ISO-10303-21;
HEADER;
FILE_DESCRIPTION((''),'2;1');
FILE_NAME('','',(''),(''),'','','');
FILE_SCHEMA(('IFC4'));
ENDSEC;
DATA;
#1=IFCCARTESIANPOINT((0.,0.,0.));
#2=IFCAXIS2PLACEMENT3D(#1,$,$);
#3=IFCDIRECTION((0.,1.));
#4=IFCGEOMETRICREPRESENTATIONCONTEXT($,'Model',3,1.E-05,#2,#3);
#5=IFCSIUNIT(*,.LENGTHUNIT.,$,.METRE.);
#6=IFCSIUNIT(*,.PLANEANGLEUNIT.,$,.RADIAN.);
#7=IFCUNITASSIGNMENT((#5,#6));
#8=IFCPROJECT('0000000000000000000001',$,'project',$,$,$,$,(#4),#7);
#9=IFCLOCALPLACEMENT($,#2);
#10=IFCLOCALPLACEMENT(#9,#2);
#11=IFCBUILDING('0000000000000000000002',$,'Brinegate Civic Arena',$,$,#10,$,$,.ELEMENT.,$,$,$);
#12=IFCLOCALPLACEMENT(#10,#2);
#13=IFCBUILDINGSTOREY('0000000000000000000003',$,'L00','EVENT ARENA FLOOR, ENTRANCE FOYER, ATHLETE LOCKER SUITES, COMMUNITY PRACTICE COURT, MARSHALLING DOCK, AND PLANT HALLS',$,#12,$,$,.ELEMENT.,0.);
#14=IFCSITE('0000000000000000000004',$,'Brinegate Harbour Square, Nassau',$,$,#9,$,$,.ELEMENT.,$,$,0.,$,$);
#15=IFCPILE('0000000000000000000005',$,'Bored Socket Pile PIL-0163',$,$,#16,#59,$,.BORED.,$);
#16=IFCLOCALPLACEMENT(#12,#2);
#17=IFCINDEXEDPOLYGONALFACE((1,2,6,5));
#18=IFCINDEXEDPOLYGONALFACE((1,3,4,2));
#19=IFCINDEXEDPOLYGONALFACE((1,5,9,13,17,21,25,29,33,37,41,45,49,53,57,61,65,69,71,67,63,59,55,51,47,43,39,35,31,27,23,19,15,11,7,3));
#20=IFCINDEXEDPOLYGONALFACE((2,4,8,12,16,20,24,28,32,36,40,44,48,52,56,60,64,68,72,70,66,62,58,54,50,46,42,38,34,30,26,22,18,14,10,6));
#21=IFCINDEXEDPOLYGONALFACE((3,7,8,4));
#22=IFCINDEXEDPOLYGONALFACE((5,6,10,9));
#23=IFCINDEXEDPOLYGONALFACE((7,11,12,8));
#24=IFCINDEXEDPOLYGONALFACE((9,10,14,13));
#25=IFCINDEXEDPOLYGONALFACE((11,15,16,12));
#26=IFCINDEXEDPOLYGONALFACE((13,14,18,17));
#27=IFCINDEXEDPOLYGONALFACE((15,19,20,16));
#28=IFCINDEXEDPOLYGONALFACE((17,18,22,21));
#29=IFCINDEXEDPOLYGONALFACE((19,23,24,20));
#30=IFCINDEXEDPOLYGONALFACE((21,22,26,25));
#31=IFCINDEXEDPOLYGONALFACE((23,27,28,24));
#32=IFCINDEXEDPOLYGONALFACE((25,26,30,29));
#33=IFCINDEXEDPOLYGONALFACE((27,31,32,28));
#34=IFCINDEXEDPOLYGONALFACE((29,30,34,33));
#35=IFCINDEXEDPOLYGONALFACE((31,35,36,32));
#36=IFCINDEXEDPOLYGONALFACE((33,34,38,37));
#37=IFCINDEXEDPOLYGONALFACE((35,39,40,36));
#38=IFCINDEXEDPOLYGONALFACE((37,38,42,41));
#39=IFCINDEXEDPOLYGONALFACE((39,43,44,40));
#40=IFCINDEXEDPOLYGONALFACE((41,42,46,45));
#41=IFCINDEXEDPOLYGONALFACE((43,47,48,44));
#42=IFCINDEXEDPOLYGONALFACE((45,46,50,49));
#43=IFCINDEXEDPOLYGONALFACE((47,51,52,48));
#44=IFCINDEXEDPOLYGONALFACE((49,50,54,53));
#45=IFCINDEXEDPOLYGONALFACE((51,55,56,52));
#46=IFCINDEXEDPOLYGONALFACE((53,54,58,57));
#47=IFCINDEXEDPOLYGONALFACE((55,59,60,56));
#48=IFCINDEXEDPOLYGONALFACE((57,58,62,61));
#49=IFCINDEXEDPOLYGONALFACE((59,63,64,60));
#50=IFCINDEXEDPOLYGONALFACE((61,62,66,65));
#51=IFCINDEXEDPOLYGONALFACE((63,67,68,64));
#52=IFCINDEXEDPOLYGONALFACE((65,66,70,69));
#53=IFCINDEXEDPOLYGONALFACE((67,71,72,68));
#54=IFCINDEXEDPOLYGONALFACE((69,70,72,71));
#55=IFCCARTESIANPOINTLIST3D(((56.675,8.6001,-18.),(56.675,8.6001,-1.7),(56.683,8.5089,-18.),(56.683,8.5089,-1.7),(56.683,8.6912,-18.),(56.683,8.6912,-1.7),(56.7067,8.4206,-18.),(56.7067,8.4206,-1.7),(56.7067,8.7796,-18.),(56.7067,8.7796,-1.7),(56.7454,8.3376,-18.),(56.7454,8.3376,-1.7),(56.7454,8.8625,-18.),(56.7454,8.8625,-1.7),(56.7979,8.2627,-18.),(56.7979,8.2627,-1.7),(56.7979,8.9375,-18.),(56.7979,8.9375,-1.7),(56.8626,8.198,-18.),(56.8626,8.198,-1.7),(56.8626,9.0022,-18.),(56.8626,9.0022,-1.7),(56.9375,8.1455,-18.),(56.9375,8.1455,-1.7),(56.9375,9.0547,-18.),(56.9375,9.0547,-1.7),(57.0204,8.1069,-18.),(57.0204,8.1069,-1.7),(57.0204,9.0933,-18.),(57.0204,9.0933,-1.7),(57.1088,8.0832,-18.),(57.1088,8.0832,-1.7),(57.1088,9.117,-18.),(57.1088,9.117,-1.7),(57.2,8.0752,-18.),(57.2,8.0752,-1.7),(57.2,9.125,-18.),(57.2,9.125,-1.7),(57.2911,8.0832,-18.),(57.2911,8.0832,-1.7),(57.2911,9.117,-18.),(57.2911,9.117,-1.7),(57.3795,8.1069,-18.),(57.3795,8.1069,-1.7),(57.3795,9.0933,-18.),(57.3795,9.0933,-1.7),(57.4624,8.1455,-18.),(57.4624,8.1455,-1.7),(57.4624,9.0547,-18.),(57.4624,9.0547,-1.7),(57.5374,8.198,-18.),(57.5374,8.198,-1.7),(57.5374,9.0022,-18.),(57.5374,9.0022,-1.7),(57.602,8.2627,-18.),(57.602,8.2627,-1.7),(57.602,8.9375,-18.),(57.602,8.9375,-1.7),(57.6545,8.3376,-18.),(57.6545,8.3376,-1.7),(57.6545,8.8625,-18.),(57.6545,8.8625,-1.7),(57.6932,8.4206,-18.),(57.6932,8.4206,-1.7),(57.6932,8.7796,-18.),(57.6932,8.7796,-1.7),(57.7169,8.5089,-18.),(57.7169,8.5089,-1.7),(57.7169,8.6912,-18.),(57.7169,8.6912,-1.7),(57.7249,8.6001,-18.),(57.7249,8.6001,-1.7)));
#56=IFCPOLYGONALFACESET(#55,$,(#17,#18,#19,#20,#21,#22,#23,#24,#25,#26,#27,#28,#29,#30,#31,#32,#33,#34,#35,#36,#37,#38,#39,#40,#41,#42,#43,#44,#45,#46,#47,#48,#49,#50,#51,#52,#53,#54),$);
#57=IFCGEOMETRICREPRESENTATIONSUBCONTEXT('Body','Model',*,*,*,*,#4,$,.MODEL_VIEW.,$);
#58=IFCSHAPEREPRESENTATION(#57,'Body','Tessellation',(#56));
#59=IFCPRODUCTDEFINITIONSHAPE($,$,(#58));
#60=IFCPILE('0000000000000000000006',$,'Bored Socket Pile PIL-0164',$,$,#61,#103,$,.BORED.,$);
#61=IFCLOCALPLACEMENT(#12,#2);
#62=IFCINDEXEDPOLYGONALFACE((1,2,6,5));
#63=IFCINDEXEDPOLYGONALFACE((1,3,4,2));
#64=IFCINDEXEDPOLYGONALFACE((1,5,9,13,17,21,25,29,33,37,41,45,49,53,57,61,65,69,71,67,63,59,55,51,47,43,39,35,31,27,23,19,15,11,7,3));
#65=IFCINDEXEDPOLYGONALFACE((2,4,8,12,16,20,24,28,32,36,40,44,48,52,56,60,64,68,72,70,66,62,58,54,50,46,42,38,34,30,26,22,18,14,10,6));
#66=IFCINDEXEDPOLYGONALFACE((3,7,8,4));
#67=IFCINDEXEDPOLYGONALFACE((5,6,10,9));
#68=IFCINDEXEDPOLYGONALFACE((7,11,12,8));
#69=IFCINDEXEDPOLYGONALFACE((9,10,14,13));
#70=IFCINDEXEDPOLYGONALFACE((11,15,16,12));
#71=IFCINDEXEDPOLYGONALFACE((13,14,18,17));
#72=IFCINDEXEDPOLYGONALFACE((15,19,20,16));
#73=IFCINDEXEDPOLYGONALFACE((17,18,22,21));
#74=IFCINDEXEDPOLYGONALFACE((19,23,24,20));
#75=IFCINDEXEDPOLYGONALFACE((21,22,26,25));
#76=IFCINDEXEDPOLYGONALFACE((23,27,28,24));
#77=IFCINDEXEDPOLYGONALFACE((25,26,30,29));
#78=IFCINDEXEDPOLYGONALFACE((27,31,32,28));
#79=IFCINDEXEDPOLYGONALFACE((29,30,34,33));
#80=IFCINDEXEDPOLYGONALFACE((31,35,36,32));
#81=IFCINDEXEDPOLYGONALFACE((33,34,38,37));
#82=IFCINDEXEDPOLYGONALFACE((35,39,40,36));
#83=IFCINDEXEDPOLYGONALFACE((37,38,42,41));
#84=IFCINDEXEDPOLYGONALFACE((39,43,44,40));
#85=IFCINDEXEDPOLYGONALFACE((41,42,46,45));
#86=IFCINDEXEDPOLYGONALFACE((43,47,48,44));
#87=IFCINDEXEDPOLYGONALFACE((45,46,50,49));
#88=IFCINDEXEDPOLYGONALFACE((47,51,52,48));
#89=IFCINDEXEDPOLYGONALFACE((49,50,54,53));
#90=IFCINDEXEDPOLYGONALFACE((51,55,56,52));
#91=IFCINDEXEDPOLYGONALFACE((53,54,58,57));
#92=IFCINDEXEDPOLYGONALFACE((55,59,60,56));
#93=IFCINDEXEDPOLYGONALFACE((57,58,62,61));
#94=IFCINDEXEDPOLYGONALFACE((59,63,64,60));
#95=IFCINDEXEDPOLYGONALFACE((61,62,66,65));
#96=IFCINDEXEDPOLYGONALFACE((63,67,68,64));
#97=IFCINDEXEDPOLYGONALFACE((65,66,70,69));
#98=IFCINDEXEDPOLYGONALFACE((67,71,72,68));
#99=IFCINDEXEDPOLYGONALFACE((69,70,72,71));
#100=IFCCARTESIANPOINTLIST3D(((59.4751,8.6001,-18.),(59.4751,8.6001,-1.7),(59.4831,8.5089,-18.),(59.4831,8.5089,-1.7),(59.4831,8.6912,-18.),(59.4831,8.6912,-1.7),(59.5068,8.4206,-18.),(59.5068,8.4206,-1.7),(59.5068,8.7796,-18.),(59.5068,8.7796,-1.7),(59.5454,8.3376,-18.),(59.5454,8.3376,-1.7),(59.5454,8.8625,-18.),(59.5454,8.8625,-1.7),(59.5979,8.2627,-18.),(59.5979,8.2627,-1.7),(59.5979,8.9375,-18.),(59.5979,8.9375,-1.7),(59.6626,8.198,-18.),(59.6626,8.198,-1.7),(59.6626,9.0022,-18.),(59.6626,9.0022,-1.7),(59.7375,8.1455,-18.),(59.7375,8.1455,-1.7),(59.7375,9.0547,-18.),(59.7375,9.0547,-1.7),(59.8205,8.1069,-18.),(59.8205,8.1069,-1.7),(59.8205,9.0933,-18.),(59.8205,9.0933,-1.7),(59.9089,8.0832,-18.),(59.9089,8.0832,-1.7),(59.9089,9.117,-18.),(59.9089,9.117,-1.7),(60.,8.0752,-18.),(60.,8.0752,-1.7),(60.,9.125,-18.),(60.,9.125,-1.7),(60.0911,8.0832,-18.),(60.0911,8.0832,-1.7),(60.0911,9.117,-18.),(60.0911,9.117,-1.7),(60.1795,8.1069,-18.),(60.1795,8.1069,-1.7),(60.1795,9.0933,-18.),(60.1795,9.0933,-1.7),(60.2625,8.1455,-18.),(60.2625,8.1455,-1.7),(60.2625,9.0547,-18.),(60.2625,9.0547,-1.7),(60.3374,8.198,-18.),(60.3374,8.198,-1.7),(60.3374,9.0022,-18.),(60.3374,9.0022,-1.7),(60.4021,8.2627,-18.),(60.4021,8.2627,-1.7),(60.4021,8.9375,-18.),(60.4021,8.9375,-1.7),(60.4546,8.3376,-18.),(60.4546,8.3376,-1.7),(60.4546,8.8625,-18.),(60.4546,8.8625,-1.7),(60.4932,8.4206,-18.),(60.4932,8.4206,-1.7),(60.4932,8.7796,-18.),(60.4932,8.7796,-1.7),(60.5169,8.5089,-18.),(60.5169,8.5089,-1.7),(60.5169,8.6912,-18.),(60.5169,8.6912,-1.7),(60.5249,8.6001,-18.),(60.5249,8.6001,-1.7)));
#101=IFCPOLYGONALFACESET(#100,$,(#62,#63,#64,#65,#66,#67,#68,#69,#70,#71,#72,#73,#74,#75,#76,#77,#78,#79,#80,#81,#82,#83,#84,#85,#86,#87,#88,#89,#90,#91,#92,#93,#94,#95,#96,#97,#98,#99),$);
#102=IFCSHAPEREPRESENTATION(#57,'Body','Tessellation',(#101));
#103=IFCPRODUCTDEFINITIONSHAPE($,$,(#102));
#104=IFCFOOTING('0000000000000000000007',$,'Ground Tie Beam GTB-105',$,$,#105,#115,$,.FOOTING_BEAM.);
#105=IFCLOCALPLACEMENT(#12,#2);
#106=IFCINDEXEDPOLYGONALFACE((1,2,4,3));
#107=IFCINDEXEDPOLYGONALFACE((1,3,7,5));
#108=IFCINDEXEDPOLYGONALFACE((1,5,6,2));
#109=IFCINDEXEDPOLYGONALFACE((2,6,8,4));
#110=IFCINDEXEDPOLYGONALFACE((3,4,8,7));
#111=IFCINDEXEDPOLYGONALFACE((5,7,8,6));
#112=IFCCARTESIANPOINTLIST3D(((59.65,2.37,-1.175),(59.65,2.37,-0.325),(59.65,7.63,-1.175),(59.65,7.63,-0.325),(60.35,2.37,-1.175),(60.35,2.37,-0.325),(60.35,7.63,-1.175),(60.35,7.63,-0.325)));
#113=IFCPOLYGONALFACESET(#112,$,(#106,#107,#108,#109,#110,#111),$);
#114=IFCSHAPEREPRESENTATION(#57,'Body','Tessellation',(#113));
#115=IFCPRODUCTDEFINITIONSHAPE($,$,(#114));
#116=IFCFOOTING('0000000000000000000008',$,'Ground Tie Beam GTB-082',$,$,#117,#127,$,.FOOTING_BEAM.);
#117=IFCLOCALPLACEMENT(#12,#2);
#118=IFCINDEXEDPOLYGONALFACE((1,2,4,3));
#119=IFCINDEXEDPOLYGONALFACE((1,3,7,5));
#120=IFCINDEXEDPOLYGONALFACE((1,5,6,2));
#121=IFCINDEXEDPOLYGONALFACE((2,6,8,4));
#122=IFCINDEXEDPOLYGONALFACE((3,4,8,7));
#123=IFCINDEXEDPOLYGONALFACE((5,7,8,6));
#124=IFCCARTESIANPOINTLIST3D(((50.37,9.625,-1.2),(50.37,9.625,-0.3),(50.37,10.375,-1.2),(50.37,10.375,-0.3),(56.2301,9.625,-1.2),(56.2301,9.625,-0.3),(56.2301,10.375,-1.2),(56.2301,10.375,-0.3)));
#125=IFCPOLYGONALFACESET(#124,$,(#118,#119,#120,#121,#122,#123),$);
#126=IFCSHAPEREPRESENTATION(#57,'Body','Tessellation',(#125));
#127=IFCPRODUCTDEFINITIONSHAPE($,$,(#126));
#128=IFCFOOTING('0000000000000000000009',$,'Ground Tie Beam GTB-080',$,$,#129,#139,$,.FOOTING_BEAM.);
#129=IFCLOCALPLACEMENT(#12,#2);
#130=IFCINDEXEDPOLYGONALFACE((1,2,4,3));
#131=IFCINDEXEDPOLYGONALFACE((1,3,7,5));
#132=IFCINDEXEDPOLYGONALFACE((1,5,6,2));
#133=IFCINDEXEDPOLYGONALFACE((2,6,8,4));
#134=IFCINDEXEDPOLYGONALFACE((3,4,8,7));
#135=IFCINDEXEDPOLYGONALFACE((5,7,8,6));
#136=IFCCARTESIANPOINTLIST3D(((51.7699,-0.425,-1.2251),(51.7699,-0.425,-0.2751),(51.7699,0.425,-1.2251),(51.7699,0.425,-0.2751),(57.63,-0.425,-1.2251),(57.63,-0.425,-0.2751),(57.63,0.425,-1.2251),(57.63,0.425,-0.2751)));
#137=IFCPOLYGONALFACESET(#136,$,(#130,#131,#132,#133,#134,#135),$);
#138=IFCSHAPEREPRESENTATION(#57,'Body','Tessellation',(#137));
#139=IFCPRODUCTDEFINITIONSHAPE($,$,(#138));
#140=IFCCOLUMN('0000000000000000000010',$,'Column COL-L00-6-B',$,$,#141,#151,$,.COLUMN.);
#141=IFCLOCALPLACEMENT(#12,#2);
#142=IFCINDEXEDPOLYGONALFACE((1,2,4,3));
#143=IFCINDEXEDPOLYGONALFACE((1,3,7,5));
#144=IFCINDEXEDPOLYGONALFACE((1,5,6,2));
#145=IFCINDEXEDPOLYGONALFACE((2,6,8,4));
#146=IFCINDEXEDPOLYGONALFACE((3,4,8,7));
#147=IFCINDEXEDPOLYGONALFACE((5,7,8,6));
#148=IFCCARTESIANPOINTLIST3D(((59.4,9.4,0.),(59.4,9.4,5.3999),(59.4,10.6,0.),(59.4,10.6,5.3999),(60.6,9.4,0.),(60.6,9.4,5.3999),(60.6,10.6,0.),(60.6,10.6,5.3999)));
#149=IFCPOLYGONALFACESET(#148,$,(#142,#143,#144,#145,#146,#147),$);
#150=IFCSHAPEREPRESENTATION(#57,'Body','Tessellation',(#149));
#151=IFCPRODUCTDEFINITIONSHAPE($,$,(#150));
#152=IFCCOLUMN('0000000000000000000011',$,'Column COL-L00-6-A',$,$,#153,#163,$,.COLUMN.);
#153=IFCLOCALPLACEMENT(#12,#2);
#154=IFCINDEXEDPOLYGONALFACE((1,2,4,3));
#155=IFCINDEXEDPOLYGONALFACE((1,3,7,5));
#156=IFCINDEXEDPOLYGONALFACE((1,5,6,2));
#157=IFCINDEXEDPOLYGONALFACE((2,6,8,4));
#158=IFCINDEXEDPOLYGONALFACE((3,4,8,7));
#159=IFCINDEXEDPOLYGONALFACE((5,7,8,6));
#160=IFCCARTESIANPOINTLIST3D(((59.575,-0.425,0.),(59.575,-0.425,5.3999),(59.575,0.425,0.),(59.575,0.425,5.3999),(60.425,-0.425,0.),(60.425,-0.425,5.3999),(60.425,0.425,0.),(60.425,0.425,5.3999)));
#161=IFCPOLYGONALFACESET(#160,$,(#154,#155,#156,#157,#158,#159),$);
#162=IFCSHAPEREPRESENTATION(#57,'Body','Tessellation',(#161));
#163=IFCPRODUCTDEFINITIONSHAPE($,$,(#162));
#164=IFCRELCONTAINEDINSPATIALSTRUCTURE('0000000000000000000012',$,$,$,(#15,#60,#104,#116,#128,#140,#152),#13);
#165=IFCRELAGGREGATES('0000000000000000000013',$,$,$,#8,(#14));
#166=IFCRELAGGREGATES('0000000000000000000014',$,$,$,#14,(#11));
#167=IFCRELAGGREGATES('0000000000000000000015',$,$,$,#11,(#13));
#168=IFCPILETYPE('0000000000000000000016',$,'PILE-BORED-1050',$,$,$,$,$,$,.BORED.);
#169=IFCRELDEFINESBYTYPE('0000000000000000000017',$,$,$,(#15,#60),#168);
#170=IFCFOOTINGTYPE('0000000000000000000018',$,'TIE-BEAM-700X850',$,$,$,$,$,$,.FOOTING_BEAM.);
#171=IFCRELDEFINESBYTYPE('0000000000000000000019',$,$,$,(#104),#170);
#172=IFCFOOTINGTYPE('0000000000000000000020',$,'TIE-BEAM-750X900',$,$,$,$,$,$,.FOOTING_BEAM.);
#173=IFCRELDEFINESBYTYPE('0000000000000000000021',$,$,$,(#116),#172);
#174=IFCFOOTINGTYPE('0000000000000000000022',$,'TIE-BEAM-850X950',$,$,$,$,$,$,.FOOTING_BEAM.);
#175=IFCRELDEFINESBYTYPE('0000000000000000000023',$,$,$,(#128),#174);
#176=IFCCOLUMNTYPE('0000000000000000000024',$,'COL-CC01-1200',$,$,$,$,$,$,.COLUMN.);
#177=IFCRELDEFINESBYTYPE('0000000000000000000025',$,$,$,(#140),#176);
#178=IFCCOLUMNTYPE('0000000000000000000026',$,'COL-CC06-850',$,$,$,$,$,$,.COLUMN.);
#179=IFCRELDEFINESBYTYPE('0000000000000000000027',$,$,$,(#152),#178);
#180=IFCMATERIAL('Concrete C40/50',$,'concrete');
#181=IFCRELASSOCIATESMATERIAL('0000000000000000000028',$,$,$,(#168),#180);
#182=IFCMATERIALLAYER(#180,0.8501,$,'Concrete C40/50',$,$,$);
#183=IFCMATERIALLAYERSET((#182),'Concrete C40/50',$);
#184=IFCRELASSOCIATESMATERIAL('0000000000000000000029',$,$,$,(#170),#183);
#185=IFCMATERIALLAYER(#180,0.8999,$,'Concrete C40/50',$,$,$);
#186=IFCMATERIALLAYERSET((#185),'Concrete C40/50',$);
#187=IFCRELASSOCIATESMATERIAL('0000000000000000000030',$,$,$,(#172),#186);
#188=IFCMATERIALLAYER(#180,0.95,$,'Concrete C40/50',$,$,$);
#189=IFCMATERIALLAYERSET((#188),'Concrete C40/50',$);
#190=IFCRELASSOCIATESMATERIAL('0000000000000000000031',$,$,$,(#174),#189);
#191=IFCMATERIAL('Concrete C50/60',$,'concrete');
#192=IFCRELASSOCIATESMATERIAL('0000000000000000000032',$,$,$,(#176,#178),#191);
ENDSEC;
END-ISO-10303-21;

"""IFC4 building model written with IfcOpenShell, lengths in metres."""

from ifc_helpers import new_model, si_unit, direction, frame, origin, origin_2d, place, context, subcontext, project, spatial, rectangle, circle, extrude, material, layer, layer_set, material_profile, profile_set, type_object, element, save


model = new_model("IFC4")

# Units and contexts
model_context = context("Model", 3, precision=1e-05, world=origin(), true_north=direction((0.0, 1.0)))
body_context = subcontext(model_context, "Body", "Model", "MODEL_VIEW")
ifc_project = project(units=[si_unit("LENGTHUNIT", "METRE"), si_unit("PLANEANGLEUNIT", "RADIAN")], contexts=[model_context])

# Site, building, storey
site_placement = place(None, origin())
site = spatial("IfcSite", under=ifc_project, at=site_placement, Name="Brinegate Harbour Square, Nassau", CompositionType="ELEMENT", RefElevation=0.0)
building_placement = place(site_placement, origin())
building = spatial("IfcBuilding", under=site, at=building_placement, Name="Brinegate Civic Arena", CompositionType="ELEMENT")
storey_placement = place(building_placement, origin())
storey = spatial("IfcBuildingStorey", under=building, at=storey_placement, Name="L00", Description="EVENT ARENA FLOOR, ENTRANCE FOYER, ATHLETE LOCKER SUITES, COMMUNITY PRACTICE COURT, MARSHALLING DOCK, AND PLANT HALLS", CompositionType="ELEMENT", Elevation=0.0)

# Shared definitions
ifc_material_1 = material(Name="Concrete C40/50", Category="concrete")

# Piles
ifc_material_profile_1 = material_profile(ifc_material_1, circle(Radius=0.5249, at=origin_2d()), Name="PILED1050")
ifc_profile_set_1 = profile_set([ifc_material_profile_1], Name="Concrete C40/50")
pile_type = type_object("IfcPileType", Name="PILE-BORED-1050", PredefinedType="BORED", material=ifc_profile_set_1)
for number, where, z_axis, x_axis, name in (
    (1, (57.2, 8.6001, -1.7), (0.0, 0.0, -1.0), (1.0, 0.0, 0.0), "Bored Socket Pile PIL-0163"),
    (2, (60.0, 8.6001, -1.7), (0.0, 0.0, -1.0), (1.0, 0.0, 0.0), "Bored Socket Pile PIL-0164"),
):
    element("IfcPile", number, at=place(storey_placement, frame(where, z_axis=z_axis, x_axis=x_axis)), inside=storey, type_object=pile_type, Name=name, PredefinedType="BORED", context=body_context, shape_type="SweptSolid", body=[
        extrude(circle(Radius=0.5249, at=origin_2d()), origin(), (0.0, 0.0, 1.0), 16.3),
    ])

# Footings
ifc_layer_1 = layer(ifc_material_1, 0.8501, Name="Concrete C40/50")
ifc_layer_set_1 = layer_set([ifc_layer_1], Name="Concrete C40/50")
footing_type_1 = type_object("IfcFootingType", Name="TIE-BEAM-700X850", PredefinedType="FOOTING_BEAM", material=ifc_layer_set_1)
footing_1_placement = place(storey_placement, frame((60.0, 5.0, -1.175), z_axis=(0.0, 0.0, 1.0), x_axis=(0.0, 1.0, 0.0)))
element("IfcFooting", 3, at=footing_1_placement, inside=storey, type_object=footing_type_1, Name="Ground Tie Beam GTB-105", PredefinedType="FOOTING_BEAM", context=body_context, shape_type="SweptSolid", body=[
    extrude(rectangle(XDim=5.26, YDim=0.7, at=origin_2d()), origin(), (0.0, 0.0, 1.0), 0.8501),
])
ifc_layer_2 = layer(ifc_material_1, 0.8999, Name="Concrete C40/50")
ifc_layer_set_2 = layer_set([ifc_layer_2], Name="Concrete C40/50")
footing_type_2 = type_object("IfcFootingType", Name="TIE-BEAM-750X900", PredefinedType="FOOTING_BEAM", material=ifc_layer_set_2)
footing_2_placement = place(storey_placement, frame((53.3, 10.0, -1.2), z_axis=(0.0, 0.0, 1.0), x_axis=(1.0, 0.0, 0.0)))
element("IfcFooting", 4, at=footing_2_placement, inside=storey, type_object=footing_type_2, Name="Ground Tie Beam GTB-082", PredefinedType="FOOTING_BEAM", context=body_context, shape_type="SweptSolid", body=[
    extrude(rectangle(XDim=5.8601, YDim=0.75, at=origin_2d()), origin(), (0.0, 0.0, 1.0), 0.8999),
])
ifc_layer_3 = layer(ifc_material_1, 0.95, Name="Concrete C40/50")
ifc_layer_set_3 = layer_set([ifc_layer_3], Name="Concrete C40/50")
footing_type_3 = type_object("IfcFootingType", Name="TIE-BEAM-850X950", PredefinedType="FOOTING_BEAM", material=ifc_layer_set_3)
footing_3_placement = place(storey_placement, frame((54.7, 0.0, -1.2251), z_axis=(0.0, 0.0, 1.0), x_axis=(1.0, 0.0, 0.0)))
element("IfcFooting", 5, at=footing_3_placement, inside=storey, type_object=footing_type_3, Name="Ground Tie Beam GTB-080", PredefinedType="FOOTING_BEAM", context=body_context, shape_type="SweptSolid", body=[
    extrude(rectangle(XDim=5.8601, YDim=0.8501, at=origin_2d()), origin(), (0.0, 0.0, 1.0), 0.95),
])

# Columns
ifc_material_2 = material(Name="Concrete C50/60", Category="concrete")
ifc_material_profile_2 = material_profile(ifc_material_2, rectangle(XDim=1.2, YDim=1.2, at=origin_2d()), Name="RC1200X1200")
ifc_profile_set_2 = profile_set([ifc_material_profile_2], Name="Concrete C50/60")
column_type_1 = type_object("IfcColumnType", Name="COL-CC01-1200", PredefinedType="COLUMN", material=ifc_profile_set_2)
column_1_placement = place(storey_placement, frame((60.0, 10.0, 0.0), z_axis=(0.0, 0.0, 1.0), x_axis=(1.0, 0.0, 0.0)))
element("IfcColumn", 6, at=column_1_placement, inside=storey, type_object=column_type_1, Name="Column COL-L00-6-B", PredefinedType="COLUMN", context=body_context, shape_type="SweptSolid", body=[
    extrude(rectangle(XDim=1.2, YDim=1.2, at=origin_2d()), origin(), (0.0, 0.0, 1.0), 5.3999),
])
ifc_material_profile_3 = material_profile(ifc_material_2, rectangle(XDim=0.8501, YDim=0.8501, at=origin_2d()), Name="RC850X850")
ifc_profile_set_3 = profile_set([ifc_material_profile_3], Name="Concrete C50/60")
column_type_2 = type_object("IfcColumnType", Name="COL-CC06-850", PredefinedType="COLUMN", material=ifc_profile_set_3)
column_2_placement = place(storey_placement, frame((60.0, 0.0, 0.0), z_axis=(0.0, 0.0, 1.0), x_axis=(1.0, 0.0, 0.0)))
element("IfcColumn", 7, at=column_2_placement, inside=storey, type_object=column_type_2, Name="Column COL-L00-6-A", PredefinedType="COLUMN", context=body_context, shape_type="SweptSolid", body=[
    extrude(rectangle(XDim=0.8501, YDim=0.8501, at=origin_2d()), origin(), (0.0, 0.0, 1.0), 5.3999),
])

save(model, "model.ifc")
